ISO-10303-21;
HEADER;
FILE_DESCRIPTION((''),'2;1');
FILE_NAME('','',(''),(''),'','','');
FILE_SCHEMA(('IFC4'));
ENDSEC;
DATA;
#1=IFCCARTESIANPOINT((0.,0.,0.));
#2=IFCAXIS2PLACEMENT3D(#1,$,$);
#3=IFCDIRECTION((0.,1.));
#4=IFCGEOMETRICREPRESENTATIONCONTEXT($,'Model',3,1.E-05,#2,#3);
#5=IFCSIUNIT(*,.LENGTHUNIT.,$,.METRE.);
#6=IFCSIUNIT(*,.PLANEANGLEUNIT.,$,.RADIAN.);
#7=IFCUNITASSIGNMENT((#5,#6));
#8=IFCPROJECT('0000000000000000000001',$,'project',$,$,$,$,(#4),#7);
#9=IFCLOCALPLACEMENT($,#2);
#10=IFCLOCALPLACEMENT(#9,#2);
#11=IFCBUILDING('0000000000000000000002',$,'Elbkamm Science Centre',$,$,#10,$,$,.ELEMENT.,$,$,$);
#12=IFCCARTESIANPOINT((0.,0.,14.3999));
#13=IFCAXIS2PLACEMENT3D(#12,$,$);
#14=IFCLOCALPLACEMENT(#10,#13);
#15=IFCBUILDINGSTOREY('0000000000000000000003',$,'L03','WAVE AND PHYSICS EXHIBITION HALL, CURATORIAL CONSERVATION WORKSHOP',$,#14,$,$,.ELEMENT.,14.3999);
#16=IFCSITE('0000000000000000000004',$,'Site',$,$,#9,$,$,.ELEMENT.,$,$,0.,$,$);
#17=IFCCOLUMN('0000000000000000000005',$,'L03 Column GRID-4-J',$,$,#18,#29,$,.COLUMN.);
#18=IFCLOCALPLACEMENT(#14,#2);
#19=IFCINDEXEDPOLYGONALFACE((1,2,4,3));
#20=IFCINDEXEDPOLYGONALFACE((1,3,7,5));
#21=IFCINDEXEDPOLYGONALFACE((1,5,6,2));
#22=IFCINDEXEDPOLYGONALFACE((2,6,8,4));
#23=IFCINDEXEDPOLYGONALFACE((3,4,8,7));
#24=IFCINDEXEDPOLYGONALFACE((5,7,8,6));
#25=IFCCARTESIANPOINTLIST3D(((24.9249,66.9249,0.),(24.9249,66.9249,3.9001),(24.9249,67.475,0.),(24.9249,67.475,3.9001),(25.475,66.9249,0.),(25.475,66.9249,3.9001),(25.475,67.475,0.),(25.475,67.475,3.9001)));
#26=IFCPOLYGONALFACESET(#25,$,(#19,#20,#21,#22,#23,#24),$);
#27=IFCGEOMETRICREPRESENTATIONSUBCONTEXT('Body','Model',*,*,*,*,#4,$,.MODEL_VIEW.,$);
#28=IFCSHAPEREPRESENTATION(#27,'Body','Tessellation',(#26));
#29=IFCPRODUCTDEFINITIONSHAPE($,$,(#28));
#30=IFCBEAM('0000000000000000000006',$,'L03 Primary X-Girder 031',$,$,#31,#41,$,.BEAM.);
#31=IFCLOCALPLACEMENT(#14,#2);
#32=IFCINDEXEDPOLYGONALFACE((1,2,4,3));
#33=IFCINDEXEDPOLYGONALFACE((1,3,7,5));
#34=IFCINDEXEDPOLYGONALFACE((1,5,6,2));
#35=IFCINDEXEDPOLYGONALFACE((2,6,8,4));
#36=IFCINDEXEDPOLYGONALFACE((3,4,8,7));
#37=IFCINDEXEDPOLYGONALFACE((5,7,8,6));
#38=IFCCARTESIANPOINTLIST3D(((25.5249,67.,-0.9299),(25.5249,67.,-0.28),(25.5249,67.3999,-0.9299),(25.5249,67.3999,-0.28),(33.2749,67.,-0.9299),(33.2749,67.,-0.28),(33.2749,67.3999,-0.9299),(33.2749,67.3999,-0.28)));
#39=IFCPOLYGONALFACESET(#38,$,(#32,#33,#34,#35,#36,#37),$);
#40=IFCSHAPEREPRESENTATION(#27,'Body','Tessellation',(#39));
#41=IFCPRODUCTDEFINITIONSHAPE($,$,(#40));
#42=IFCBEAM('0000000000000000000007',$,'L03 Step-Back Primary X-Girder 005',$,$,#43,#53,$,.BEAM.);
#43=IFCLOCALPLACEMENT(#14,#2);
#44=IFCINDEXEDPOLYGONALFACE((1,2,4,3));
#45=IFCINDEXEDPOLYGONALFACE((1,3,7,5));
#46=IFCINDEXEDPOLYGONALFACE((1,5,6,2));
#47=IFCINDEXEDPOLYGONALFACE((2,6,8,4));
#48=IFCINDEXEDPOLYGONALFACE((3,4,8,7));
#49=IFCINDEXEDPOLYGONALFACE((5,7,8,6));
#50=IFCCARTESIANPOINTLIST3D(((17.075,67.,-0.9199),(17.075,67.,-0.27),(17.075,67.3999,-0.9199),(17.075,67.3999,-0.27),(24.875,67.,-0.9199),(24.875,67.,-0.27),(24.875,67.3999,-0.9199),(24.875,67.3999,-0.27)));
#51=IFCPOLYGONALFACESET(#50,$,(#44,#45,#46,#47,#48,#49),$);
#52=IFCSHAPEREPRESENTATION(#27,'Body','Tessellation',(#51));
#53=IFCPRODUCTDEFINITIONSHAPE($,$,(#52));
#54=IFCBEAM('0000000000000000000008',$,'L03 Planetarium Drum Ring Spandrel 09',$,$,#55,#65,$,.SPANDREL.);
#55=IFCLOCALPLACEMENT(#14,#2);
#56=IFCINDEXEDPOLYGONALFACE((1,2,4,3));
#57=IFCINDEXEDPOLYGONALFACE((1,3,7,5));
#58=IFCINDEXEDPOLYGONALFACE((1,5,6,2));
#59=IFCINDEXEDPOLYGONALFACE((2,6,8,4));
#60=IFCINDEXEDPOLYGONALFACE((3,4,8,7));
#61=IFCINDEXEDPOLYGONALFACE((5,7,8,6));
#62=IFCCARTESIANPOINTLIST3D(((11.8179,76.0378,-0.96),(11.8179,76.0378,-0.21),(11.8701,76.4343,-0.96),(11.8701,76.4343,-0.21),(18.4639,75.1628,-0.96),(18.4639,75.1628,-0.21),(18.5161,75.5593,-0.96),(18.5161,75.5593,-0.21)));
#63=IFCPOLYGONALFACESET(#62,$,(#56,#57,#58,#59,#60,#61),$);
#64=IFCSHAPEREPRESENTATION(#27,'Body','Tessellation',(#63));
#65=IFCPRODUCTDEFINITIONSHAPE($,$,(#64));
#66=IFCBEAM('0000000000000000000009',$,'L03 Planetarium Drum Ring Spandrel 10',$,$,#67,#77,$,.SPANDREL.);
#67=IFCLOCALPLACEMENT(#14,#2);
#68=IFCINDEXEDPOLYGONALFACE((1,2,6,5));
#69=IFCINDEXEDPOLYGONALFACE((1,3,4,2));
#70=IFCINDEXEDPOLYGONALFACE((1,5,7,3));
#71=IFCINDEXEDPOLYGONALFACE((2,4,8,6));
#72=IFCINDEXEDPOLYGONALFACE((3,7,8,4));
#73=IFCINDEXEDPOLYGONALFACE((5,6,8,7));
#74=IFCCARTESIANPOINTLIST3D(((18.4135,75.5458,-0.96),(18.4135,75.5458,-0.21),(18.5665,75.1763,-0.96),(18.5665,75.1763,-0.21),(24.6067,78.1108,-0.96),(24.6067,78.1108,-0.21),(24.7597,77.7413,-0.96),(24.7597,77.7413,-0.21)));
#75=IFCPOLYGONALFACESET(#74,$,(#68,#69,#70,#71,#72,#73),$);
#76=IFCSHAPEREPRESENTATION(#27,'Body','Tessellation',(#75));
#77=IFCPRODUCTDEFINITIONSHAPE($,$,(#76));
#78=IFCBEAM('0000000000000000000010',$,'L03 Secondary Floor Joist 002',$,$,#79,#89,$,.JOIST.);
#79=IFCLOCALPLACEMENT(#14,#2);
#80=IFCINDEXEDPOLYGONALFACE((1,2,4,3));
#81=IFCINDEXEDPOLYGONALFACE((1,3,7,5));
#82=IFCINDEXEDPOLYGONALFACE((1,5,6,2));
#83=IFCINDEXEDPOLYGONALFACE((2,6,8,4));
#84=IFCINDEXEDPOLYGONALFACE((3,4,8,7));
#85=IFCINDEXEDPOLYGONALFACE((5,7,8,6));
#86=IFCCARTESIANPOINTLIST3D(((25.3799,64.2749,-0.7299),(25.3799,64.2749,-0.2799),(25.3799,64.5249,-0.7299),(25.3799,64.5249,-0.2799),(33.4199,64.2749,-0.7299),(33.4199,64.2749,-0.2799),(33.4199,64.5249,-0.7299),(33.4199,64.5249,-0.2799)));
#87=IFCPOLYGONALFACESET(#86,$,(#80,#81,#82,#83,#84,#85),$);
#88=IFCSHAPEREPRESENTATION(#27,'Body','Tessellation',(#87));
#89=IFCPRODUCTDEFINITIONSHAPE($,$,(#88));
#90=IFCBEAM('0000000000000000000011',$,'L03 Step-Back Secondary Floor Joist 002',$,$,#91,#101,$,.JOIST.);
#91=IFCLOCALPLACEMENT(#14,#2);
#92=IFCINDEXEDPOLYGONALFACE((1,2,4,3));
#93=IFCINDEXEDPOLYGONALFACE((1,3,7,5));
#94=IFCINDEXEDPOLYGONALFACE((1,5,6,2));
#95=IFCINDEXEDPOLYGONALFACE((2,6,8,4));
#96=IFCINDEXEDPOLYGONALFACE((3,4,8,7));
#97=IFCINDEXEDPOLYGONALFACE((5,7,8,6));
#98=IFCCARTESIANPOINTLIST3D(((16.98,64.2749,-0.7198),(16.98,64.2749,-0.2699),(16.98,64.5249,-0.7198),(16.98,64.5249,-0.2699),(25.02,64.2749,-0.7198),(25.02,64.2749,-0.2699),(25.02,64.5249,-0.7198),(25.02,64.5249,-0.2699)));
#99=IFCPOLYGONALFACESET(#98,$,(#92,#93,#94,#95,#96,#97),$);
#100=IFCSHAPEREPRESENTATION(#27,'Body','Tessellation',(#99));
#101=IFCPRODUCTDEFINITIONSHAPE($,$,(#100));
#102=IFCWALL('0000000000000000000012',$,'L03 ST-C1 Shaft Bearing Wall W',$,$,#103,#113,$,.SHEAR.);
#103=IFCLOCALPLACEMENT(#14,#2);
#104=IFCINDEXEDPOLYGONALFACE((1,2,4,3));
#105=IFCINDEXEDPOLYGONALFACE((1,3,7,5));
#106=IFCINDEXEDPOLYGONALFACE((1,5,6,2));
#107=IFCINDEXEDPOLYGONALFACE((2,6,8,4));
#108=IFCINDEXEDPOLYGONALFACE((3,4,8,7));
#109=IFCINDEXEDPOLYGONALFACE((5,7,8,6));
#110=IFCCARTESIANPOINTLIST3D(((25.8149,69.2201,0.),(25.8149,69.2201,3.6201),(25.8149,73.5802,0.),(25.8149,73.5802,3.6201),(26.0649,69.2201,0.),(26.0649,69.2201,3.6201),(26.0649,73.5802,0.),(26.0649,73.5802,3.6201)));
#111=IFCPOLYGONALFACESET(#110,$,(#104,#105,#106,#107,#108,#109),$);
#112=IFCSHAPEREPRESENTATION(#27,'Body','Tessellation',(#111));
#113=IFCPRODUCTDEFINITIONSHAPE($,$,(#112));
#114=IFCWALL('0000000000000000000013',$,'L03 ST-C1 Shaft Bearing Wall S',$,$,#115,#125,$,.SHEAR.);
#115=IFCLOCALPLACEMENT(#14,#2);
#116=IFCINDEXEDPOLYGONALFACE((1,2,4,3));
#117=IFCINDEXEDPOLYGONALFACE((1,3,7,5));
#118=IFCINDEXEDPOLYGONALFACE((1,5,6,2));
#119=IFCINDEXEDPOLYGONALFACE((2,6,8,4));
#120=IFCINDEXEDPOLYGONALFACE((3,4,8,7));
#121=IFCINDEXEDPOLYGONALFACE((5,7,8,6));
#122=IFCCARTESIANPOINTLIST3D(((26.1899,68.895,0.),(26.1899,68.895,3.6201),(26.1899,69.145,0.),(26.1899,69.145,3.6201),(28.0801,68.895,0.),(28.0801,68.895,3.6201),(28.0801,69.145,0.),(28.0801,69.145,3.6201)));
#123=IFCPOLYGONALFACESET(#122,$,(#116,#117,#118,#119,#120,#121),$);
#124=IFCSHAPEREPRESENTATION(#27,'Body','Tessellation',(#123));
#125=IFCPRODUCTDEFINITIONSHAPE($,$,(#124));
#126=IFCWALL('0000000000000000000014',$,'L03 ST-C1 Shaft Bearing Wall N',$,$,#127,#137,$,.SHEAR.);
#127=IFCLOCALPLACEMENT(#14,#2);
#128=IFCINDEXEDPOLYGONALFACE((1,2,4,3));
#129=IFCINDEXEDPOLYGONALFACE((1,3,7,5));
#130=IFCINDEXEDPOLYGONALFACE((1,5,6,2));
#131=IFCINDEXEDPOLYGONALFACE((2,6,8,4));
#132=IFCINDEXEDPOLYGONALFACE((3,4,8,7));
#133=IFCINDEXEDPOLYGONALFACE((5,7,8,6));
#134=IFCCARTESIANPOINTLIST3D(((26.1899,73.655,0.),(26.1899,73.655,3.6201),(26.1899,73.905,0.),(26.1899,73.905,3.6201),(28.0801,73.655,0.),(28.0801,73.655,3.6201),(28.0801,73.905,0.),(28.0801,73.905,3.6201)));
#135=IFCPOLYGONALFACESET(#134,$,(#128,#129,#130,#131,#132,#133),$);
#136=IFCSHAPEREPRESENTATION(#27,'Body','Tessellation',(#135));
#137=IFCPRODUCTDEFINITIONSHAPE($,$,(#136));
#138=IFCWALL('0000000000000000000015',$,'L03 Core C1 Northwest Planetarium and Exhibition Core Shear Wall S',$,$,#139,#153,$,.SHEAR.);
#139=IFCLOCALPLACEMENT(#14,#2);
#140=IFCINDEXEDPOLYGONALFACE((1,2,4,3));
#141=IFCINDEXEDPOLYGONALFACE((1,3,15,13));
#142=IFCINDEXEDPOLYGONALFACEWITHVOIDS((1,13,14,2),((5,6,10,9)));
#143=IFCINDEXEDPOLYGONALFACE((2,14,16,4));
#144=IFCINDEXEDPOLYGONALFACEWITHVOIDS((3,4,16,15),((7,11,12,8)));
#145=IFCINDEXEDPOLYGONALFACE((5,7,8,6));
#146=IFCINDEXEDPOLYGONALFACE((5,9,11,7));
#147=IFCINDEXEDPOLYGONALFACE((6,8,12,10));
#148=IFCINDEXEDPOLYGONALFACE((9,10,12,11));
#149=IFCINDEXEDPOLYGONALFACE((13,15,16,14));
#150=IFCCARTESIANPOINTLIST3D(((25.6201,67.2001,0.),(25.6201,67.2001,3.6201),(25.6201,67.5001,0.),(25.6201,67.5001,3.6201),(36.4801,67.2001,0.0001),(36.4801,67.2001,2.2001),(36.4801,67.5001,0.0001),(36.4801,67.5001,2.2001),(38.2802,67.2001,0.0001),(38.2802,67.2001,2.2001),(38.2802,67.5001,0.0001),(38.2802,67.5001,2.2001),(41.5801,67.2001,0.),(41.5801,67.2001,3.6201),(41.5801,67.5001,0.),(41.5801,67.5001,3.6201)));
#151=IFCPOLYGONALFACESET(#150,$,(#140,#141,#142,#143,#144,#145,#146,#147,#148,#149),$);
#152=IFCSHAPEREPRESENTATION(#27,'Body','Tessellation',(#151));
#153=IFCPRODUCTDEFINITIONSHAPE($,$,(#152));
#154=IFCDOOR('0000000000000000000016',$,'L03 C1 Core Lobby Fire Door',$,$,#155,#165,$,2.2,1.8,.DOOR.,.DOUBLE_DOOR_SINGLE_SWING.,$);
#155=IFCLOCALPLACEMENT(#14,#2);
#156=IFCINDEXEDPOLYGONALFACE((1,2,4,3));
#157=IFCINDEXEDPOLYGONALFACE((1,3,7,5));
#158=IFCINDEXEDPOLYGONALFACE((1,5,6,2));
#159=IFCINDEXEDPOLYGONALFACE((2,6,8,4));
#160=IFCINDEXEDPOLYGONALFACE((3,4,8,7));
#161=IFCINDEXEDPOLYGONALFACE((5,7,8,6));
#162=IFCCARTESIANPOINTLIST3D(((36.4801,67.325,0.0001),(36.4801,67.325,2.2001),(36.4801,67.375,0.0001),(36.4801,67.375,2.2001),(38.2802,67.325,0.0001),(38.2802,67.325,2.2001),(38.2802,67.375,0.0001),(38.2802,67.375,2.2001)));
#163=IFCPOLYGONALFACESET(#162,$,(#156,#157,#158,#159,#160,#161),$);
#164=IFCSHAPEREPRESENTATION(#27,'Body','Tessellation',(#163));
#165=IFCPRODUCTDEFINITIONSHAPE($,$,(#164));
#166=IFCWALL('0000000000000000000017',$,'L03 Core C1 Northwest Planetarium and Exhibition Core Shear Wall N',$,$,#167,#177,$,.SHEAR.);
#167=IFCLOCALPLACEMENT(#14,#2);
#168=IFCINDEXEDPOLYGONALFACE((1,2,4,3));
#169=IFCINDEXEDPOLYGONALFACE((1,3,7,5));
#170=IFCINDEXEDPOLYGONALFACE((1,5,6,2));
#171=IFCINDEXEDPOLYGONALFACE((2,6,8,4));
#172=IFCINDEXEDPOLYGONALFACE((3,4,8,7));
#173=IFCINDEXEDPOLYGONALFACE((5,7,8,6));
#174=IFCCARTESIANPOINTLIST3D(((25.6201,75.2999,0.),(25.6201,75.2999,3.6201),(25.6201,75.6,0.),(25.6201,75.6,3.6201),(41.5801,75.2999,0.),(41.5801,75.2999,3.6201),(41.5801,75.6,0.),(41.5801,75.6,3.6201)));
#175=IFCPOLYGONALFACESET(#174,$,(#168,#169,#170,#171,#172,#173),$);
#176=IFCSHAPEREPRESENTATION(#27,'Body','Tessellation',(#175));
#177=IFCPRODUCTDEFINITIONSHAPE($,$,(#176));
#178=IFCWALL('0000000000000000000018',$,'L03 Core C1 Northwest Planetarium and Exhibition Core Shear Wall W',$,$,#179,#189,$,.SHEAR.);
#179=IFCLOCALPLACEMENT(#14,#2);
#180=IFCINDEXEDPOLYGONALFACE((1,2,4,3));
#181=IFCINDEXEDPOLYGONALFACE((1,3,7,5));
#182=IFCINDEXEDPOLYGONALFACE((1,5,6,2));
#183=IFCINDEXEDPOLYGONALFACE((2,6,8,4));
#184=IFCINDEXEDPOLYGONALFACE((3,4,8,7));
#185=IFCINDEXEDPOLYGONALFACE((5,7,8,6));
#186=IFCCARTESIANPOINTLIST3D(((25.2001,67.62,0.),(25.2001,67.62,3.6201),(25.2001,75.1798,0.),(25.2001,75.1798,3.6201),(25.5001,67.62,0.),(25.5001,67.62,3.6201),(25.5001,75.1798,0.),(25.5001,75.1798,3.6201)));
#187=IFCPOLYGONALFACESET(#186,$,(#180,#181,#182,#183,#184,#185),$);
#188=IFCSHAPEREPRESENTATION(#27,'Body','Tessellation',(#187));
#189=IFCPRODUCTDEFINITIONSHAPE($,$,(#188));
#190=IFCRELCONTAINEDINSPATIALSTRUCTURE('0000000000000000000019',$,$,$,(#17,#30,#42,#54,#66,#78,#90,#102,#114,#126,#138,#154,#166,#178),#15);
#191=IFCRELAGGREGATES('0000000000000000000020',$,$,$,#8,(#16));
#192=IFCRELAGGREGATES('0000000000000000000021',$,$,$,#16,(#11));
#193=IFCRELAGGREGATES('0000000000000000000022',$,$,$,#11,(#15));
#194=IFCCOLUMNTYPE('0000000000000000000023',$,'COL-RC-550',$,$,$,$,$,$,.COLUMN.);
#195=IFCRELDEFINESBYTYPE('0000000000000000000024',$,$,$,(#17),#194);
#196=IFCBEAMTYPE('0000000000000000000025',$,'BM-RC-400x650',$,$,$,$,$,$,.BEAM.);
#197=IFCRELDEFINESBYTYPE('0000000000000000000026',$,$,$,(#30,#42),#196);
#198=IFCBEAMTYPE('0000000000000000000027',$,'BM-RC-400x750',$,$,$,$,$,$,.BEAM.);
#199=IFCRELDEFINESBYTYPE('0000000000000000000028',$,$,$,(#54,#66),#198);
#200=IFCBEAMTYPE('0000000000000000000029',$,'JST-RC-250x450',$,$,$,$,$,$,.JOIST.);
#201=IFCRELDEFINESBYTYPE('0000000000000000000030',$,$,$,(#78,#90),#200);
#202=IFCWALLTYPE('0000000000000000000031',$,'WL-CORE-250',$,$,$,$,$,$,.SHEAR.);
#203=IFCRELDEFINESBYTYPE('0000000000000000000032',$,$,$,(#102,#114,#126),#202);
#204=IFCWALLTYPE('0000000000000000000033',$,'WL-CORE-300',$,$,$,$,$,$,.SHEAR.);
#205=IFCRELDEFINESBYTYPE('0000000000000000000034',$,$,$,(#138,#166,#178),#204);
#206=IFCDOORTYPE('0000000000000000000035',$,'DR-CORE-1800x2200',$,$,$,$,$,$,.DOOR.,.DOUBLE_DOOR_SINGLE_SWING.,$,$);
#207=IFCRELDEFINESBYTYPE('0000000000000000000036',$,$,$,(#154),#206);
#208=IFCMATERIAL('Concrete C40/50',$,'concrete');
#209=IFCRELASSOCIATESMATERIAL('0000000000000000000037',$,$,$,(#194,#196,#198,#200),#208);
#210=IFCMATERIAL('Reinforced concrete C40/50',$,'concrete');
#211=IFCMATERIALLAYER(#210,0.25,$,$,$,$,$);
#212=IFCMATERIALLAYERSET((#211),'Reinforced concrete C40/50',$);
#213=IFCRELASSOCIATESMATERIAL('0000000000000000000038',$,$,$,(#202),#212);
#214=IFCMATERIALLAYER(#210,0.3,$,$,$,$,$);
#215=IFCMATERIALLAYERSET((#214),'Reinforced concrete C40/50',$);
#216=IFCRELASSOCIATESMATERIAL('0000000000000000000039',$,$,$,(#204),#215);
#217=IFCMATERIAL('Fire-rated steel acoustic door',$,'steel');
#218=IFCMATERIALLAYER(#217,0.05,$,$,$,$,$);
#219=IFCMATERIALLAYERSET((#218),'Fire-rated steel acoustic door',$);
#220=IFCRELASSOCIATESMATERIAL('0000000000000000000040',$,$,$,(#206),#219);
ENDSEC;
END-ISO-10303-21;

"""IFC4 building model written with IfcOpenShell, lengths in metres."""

from ifc_helpers import new_model, si_unit, direction, frame, frame_2d, origin, origin_2d, place, context, subcontext, project, spatial, rectangle, extrude, material, layer, layer_set, material_profile, profile_set, type_object, element, fill, save


model = new_model("IFC4")

# Units and contexts
model_context = context("Model", 3, precision=1e-05, world=origin(), true_north=direction((0.0, 1.0)))
body_context = subcontext(model_context, "Body", "Model", "MODEL_VIEW")
ifc_project = project(units=[si_unit("LENGTHUNIT", "METRE"), si_unit("PLANEANGLEUNIT", "RADIAN")], contexts=[model_context])

# Site, building, storey
site_placement = place(None, origin())
site = spatial("IfcSite", under=ifc_project, at=site_placement, Name="Site", CompositionType="ELEMENT", RefElevation=0.0)
building_placement = place(site_placement, origin())
building = spatial("IfcBuilding", under=site, at=building_placement, Name="Elbkamm Science Centre", CompositionType="ELEMENT")
storey_placement = place(building_placement, frame((0.0, 0.0, 14.3999)))
storey = spatial("IfcBuildingStorey", under=building, at=storey_placement, Name="L03", Description="WAVE AND PHYSICS EXHIBITION HALL, CURATORIAL CONSERVATION WORKSHOP", CompositionType="ELEMENT", Elevation=14.3999)

# Column
ifc_material_1 = material(Name="Concrete C40/50", Category="concrete")
ifc_material_profile_1 = material_profile(ifc_material_1, rectangle(XDim=0.55, YDim=0.55, at=origin_2d()), Name="RC 550x550")
ifc_profile_set_1 = profile_set([ifc_material_profile_1], Name="Concrete C40/50")
column_type = type_object("IfcColumnType", Name="COL-RC-550", PredefinedType="COLUMN", material=ifc_profile_set_1)
column_placement = place(storey_placement, frame((25.2, 67.2, 0.0), z_axis=(0.0, 0.0, 1.0), x_axis=(1.0, 0.0, 0.0)))
element("IfcColumn", 1, at=column_placement, inside=storey, type_object=column_type, Name="L03 Column GRID-4-J", PredefinedType="COLUMN", context=body_context, shape_type="SweptSolid", body=[
    extrude(rectangle(XDim=0.55, YDim=0.55, at=origin_2d()), origin(), (0.0, 0.0, 1.0), 3.9001),
])

# Beams
ifc_material_profile_2 = material_profile(ifc_material_1, rectangle(XDim=0.3999, YDim=0.6499, at=origin_2d()), Name="RC 400x650")
ifc_profile_set_2 = profile_set([ifc_material_profile_2], Name="Concrete C40/50")
beam_type_1 = type_object("IfcBeamType", Name="BM-RC-400x650", PredefinedType="BEAM", material=ifc_profile_set_2)
beam_1_placement = place(storey_placement, frame((25.5249, 67.2, -0.605), z_axis=(1.0, 0.0, 0.0), x_axis=(0.0, 1.0, 0.0)))
element("IfcBeam", 2, at=beam_1_placement, inside=storey, type_object=beam_type_1, Name="L03 Primary X-Girder 031", PredefinedType="BEAM", context=body_context, shape_type="SweptSolid", body=[
    extrude(rectangle(XDim=0.3999, YDim=0.6499, at=origin_2d()), origin(), (0.0, 0.0, 1.0), 7.75),
])
beam_2_placement = place(storey_placement, frame((17.075, 67.2, -0.595), z_axis=(1.0, 0.0, 0.0), x_axis=(0.0, 1.0, 0.0)))
element("IfcBeam", 3, at=beam_2_placement, inside=storey, type_object=beam_type_1, Name="L03 Step-Back Primary X-Girder 005", PredefinedType="BEAM", context=body_context, shape_type="SweptSolid", body=[
    extrude(rectangle(XDim=0.3999, YDim=0.6499, at=origin_2d()), origin(), (0.0, 0.0, 1.0), 7.8),
])
ifc_material_profile_3 = material_profile(ifc_material_1, rectangle(XDim=0.3999, YDim=0.75, at=origin_2d()), Name="RC 400x750")
ifc_profile_set_3 = profile_set([ifc_material_profile_3], Name="Concrete C40/50")
beam_type_2 = type_object("IfcBeamType", Name="BM-RC-400x750", PredefinedType="BEAM", material=ifc_profile_set_3)
for number, where, z_axis, x_axis, name in (
    (4, (11.844, 76.2361, -0.585), (0.991444, -0.130532, 0.0), (0.130532, 0.991444, 0.0), "L03 Planetarium Drum Ring Spandrel 09"),
    (5, (18.49, 75.3611, -0.585), (0.923897, 0.382641, 0.0), (-0.382641, 0.923897, 0.0), "L03 Planetarium Drum Ring Spandrel 10"),
):
    element("IfcBeam", number, at=place(storey_placement, frame(where, z_axis=z_axis, x_axis=x_axis)), inside=storey, type_object=beam_type_2, Name=name, PredefinedType="SPANDREL", context=body_context, shape_type="SweptSolid", body=[
        extrude(rectangle(XDim=0.3999, YDim=0.75, at=origin_2d()), origin(), (0.0, 0.0, 1.0), 6.7034),
    ])
ifc_material_profile_4 = material_profile(ifc_material_1, rectangle(XDim=0.25, YDim=0.45, at=origin_2d()), Name="RC 250x450")
ifc_profile_set_4 = profile_set([ifc_material_profile_4], Name="Concrete C40/50")
beam_type_3 = type_object("IfcBeamType", Name="JST-RC-250x450", PredefinedType="JOIST", material=ifc_profile_set_4)
for number, where, z_axis, x_axis, name in (
    (6, (25.3799, 64.3999, -0.5049), (1.0, 0.0, 0.0), (0.0, 1.0, 0.0), "L03 Secondary Floor Joist 002"),
    (7, (16.98, 64.3999, -0.4949), (1.0, 0.0, 0.0), (0.0, 1.0, 0.0), "L03 Step-Back Secondary Floor Joist 002"),
):
    element("IfcBeam", number, at=place(storey_placement, frame(where, z_axis=z_axis, x_axis=x_axis)), inside=storey, type_object=beam_type_3, Name=name, PredefinedType="JOIST", context=body_context, shape_type="SweptSolid", body=[
        extrude(rectangle(XDim=0.25, YDim=0.45, at=origin_2d()), origin(), (0.0, 0.0, 1.0), 8.04),
    ])

# Walls
ifc_material_2 = material(Name="Reinforced concrete C40/50", Category="concrete")
ifc_layer_1 = layer(ifc_material_2, 0.25)
ifc_layer_set_1 = layer_set([ifc_layer_1], Name="Reinforced concrete C40/50")
wall_type_1 = type_object("IfcWallType", Name="WL-CORE-250", PredefinedType="SHEAR", material=ifc_layer_set_1)
wall_1_placement = place(storey_placement, frame((25.9399, 69.22, 0.0), z_axis=(0.0, 0.0, 1.0), x_axis=(0.0, 1.0, 0.0)))
element("IfcWall", 8, at=wall_1_placement, inside=storey, type_object=wall_type_1, Name="L03 ST-C1 Shaft Bearing Wall W", PredefinedType="SHEAR", context=body_context, shape_type="SweptSolid", body=[
    extrude(rectangle(XDim=4.3601, YDim=0.25, at=frame_2d((2.1802, 0.0))), origin(), (0.0, 0.0, 1.0), 3.6201),
])
for number, where, z_axis, x_axis, name in (
    (9, (26.1899, 69.02, 0.0), (0.0, 0.0, 1.0), (1.0, 0.0, 0.0), "L03 ST-C1 Shaft Bearing Wall S"),
    (10, (26.1899, 73.78, 0.0), (0.0, 0.0, 1.0), (1.0, 0.0, 0.0), "L03 ST-C1 Shaft Bearing Wall N"),
):
    element("IfcWall", number, at=place(storey_placement, frame(where, z_axis=z_axis, x_axis=x_axis)), inside=storey, type_object=wall_type_1, Name=name, PredefinedType="SHEAR", context=body_context, shape_type="SweptSolid", body=[
        extrude(rectangle(XDim=1.8901, YDim=0.25, at=frame_2d((0.9451, 0.0))), origin(), (0.0, 0.0, 1.0), 3.6201),
    ])

# Wall, opening, door
ifc_layer_2 = layer(ifc_material_2, 0.3)
ifc_layer_set_2 = layer_set([ifc_layer_2], Name="Reinforced concrete C40/50")
wall_type_2 = type_object("IfcWallType", Name="WL-CORE-300", PredefinedType="SHEAR", material=ifc_layer_set_2)
wall_2_placement = place(storey_placement, frame((25.6201, 67.3501, 0.0), z_axis=(0.0, 0.0, 1.0), x_axis=(1.0, 0.0, 0.0)))
wall_2 = element("IfcWall", 11, at=wall_2_placement, inside=storey, type_object=wall_type_2, Name="L03 Core C1 Northwest Planetarium and Exhibition Core Shear Wall S", PredefinedType="SHEAR", context=body_context, shape_type="SweptSolid", body=[
    extrude(rectangle(XDim=15.96, YDim=0.3, at=frame_2d((7.98, 0.0))), origin(), (0.0, 0.0, 1.0), 3.6201),
])
opening_placement = place(wall_2_placement, frame((10.8601, 0.0, 0.0)))
opening = element("IfcOpeningElement", 12, at=opening_placement, cuts=wall_2, PredefinedType="OPENING", context=body_context, shape_type="SweptSolid", body=[
    extrude(rectangle(XDim=1.8, YDim=2.2, at=frame_2d((0.8999, 1.1001))), frame((0.0, 0.1621, 0.0), z_axis=(0.0, -1.0, 0.0), x_axis=(1.0, 0.0, 0.0)), (0.0, 0.0, 1.0), 0.324),
])
ifc_material_3 = material(Name="Fire-rated steel acoustic door", Category="steel")
ifc_layer_3 = layer(ifc_material_3, 0.05)
ifc_layer_set_3 = layer_set([ifc_layer_3], Name="Fire-rated steel acoustic door")
door_type = type_object("IfcDoorType", Name="DR-CORE-1800x2200", OperationType="DOUBLE_DOOR_SINGLE_SWING", PredefinedType="DOOR", material=ifc_layer_set_3)
door_placement = place(opening_placement, origin())
door = element("IfcDoor", 13, at=door_placement, inside=storey, type_object=door_type, Name="L03 C1 Core Lobby Fire Door", OperationType="DOUBLE_DOOR_SINGLE_SWING", OverallHeight=2.2, OverallWidth=1.8, PredefinedType="DOOR", context=body_context, shape_type="SweptSolid", body=[
    extrude(rectangle(XDim=1.8, YDim=2.2, at=frame_2d((0.8999, 1.1001))), frame((0.0, 0.0249, 0.0), z_axis=(0.0, -1.0, 0.0), x_axis=(1.0, 0.0, 0.0)), (0.0, 0.0, 1.0), 0.05),
])
fill(opening, door)

# Walls
wall_3_placement = place(storey_placement, frame((25.6201, 75.45, 0.0), z_axis=(0.0, 0.0, 1.0), x_axis=(1.0, 0.0, 0.0)))
element("IfcWall", 14, at=wall_3_placement, inside=storey, type_object=wall_type_2, Name="L03 Core C1 Northwest Planetarium and Exhibition Core Shear Wall N", PredefinedType="SHEAR", context=body_context, shape_type="SweptSolid", body=[
    extrude(rectangle(XDim=15.96, YDim=0.3, at=frame_2d((7.98, 0.0))), origin(), (0.0, 0.0, 1.0), 3.6201),
])
wall_4_placement = place(storey_placement, frame((25.3501, 67.6201, 0.0), z_axis=(0.0, 0.0, 1.0), x_axis=(0.0, 1.0, 0.0)))
element("IfcWall", 15, at=wall_4_placement, inside=storey, type_object=wall_type_2, Name="L03 Core C1 Northwest Planetarium and Exhibition Core Shear Wall W", PredefinedType="SHEAR", context=body_context, shape_type="SweptSolid", body=[
    extrude(rectangle(XDim=7.5598, YDim=0.3, at=frame_2d((3.7798, 0.0))), origin(), (0.0, 0.0, 1.0), 3.6201),
])

save(model, "model.ifc")
